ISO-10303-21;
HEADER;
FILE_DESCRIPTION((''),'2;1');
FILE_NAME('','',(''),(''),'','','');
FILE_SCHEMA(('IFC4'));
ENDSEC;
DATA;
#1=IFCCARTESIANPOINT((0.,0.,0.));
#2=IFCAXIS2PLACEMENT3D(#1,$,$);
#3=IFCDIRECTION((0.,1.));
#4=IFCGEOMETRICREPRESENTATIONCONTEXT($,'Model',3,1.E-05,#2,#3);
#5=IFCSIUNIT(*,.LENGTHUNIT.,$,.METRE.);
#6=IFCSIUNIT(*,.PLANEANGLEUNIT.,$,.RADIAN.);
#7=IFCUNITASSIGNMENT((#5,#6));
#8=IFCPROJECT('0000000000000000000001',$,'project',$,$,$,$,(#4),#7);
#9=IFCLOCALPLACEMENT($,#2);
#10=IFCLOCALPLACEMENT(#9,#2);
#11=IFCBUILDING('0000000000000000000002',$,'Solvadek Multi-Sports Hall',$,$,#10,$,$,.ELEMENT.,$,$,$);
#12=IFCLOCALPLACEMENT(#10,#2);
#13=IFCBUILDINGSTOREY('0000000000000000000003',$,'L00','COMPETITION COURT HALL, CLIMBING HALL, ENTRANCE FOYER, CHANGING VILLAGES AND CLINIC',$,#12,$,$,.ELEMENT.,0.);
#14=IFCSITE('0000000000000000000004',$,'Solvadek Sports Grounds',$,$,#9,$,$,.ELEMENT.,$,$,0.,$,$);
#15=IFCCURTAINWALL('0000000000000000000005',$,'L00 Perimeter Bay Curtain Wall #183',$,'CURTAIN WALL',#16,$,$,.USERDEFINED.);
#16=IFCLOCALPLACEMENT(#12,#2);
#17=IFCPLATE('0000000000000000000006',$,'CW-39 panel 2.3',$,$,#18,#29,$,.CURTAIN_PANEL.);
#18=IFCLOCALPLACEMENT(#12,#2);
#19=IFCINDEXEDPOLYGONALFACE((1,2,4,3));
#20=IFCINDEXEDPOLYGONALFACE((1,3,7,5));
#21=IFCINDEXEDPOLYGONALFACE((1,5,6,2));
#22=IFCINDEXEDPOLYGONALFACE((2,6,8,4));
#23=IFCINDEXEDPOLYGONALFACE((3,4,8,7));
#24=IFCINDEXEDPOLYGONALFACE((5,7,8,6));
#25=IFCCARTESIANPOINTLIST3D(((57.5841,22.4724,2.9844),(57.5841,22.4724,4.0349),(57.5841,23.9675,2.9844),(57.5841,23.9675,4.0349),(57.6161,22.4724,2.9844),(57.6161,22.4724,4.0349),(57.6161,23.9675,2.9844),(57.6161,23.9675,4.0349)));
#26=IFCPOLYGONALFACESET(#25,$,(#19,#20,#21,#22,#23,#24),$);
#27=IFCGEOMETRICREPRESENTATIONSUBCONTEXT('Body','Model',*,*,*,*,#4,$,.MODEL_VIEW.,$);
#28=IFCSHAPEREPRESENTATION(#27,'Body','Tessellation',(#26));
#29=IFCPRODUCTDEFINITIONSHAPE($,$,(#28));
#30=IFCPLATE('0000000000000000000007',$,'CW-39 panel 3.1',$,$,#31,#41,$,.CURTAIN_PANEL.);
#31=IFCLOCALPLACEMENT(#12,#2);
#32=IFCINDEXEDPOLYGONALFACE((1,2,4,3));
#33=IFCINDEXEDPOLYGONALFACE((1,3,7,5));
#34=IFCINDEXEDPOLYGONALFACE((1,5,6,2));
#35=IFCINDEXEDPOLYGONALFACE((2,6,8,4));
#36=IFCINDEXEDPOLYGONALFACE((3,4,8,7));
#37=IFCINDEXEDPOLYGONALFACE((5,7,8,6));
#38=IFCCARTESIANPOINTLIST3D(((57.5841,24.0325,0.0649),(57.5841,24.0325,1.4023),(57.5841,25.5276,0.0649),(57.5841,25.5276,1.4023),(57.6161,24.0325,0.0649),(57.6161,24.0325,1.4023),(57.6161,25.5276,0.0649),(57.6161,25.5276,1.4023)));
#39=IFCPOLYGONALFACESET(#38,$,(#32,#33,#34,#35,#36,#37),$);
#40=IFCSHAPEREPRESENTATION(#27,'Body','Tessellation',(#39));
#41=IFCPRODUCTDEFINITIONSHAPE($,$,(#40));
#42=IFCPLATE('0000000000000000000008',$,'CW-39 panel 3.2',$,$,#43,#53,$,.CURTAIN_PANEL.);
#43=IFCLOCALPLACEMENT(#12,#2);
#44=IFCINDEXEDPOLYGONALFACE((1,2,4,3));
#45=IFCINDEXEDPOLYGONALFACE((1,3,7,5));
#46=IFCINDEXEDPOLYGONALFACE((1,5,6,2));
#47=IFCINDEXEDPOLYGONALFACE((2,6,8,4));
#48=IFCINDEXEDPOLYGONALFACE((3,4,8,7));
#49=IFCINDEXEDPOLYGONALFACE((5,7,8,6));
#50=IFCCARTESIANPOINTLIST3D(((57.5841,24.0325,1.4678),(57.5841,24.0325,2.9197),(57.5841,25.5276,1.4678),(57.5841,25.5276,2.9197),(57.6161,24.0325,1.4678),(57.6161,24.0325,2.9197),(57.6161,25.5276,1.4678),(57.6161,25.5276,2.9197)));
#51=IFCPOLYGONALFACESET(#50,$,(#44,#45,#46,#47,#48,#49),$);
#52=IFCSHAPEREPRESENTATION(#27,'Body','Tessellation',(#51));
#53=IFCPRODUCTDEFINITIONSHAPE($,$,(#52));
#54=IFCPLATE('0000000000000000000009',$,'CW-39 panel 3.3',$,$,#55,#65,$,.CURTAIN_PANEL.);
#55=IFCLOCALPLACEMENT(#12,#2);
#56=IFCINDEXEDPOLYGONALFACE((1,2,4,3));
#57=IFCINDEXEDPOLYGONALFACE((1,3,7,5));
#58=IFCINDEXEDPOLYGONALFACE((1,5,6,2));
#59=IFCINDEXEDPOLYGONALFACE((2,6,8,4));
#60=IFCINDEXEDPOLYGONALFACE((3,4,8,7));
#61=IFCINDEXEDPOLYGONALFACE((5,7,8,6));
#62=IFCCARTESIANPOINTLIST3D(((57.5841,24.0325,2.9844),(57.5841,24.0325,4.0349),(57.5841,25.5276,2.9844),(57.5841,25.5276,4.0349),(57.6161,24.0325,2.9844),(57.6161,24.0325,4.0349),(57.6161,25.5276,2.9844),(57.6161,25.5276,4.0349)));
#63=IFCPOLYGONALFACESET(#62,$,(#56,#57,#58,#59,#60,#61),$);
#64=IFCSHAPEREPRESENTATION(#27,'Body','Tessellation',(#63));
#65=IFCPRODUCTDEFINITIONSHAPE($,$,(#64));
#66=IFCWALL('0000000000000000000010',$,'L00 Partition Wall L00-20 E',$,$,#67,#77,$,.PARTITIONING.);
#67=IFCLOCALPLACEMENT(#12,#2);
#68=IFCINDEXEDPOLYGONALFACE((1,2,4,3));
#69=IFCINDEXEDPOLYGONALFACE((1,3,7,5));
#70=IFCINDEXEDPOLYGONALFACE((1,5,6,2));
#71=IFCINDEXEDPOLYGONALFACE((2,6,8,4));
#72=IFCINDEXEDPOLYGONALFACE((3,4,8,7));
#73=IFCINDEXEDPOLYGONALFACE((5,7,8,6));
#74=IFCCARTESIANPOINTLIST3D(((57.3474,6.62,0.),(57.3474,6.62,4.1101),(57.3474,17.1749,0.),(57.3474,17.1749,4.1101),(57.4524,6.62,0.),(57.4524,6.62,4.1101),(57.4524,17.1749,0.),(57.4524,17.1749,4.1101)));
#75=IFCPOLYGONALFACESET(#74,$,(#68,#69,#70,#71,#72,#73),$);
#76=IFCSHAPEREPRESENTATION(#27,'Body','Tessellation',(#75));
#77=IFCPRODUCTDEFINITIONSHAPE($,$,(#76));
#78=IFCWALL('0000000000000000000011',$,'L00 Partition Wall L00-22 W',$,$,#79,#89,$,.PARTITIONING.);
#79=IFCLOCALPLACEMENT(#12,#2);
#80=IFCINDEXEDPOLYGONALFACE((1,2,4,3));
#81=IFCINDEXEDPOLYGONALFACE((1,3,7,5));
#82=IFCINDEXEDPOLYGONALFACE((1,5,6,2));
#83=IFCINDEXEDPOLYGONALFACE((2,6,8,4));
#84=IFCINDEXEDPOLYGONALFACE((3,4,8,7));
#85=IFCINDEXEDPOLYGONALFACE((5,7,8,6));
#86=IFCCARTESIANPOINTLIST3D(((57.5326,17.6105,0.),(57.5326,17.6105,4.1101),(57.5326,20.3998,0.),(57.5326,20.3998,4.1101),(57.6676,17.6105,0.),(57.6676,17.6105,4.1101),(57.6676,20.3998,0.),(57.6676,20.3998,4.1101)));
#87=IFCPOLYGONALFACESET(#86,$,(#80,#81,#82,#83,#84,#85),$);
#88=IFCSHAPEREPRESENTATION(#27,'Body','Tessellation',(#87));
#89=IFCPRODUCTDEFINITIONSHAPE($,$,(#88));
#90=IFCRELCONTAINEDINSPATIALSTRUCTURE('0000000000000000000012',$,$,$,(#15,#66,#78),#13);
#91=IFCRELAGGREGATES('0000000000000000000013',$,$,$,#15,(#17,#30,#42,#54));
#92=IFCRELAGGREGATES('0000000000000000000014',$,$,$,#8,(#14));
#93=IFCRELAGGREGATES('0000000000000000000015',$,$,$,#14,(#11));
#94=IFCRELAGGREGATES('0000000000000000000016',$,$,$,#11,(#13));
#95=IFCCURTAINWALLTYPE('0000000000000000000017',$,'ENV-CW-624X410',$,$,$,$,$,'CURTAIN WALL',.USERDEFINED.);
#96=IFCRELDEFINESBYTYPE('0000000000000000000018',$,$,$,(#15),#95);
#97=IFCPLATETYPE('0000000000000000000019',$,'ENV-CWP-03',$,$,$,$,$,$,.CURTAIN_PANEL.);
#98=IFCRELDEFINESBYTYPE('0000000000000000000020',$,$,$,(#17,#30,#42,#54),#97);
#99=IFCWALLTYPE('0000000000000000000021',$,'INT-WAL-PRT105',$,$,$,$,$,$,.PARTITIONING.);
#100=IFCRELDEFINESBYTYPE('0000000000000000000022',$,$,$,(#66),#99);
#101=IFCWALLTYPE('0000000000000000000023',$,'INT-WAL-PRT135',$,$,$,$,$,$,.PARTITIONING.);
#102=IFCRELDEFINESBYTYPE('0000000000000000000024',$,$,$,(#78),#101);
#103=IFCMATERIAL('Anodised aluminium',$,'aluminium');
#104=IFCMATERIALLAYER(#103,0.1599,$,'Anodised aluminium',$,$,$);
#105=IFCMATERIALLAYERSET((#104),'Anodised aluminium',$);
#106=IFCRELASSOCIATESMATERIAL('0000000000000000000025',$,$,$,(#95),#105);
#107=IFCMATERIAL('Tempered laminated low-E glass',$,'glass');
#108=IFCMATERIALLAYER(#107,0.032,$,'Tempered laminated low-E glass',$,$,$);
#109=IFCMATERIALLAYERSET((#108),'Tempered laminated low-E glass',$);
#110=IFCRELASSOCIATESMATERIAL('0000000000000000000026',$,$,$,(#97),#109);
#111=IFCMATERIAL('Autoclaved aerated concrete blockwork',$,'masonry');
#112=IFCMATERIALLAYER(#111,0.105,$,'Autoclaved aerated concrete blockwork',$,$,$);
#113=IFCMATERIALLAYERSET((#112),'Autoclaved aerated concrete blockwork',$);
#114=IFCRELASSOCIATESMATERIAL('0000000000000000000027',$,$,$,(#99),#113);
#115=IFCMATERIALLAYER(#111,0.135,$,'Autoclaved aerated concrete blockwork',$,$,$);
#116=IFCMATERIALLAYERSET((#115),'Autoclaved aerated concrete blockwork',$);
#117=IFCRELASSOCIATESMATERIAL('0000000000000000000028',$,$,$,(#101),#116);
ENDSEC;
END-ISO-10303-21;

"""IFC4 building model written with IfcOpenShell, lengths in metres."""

from ifc_helpers import new_model, si_unit, direction, frame, frame_2d, origin, origin_2d, place, context, subcontext, project, spatial, rectangle, extrude, material, layer, layer_set, type_object, element, aggregate, save


model = new_model("IFC4")

# Units and contexts
model_context = context("Model", 3, precision=1e-05, world=origin(), true_north=direction((0.0, 1.0)))
body_context = subcontext(model_context, "Body", "Model", "MODEL_VIEW")
ifc_project = project(units=[si_unit("LENGTHUNIT", "METRE"), si_unit("PLANEANGLEUNIT", "RADIAN")], contexts=[model_context])

# Site, building, storey
site_placement = place(None, origin())
site = spatial("IfcSite", under=ifc_project, at=site_placement, Name="Solvadek Sports Grounds", CompositionType="ELEMENT", RefElevation=0.0)
building_placement = place(site_placement, origin())
building = spatial("IfcBuilding", under=site, at=building_placement, Name="Solvadek Multi-Sports Hall", CompositionType="ELEMENT")
storey_placement = place(building_placement, origin())
storey = spatial("IfcBuildingStorey", under=building, at=storey_placement, Name="L00", Description="COMPETITION COURT HALL, CLIMBING HALL, ENTRANCE FOYER, CHANGING VILLAGES AND CLINIC", CompositionType="ELEMENT", Elevation=0.0)

# Shared definitions
ifc_material_1 = material(Name="Anodised aluminium", Category="aluminium")

# Curtain wall
ifc_layer_1 = layer(ifc_material_1, 0.1599, Name="Anodised aluminium")
ifc_layer_set_1 = layer_set([ifc_layer_1], Name="Anodised aluminium")
curtain_wall_type_1 = type_object("IfcCurtainWallType", Name="ENV-CW-624X410", ElementType="CURTAIN WALL", PredefinedType="USERDEFINED", material=ifc_layer_set_1)
curtain_wall_1_placement = place(storey_placement, origin())
curtain_wall_1 = element("IfcCurtainWall", 1, at=curtain_wall_1_placement, inside=storey, type_object=curtain_wall_type_1, Name="L00 Perimeter Bay Curtain Wall #183", ObjectType="CURTAIN WALL", PredefinedType="USERDEFINED")

# Plates
ifc_material_2 = material(Name="Tempered laminated low-E glass", Category="glass")
ifc_layer_2 = layer(ifc_material_2, 0.032, Name="Tempered laminated low-E glass")
ifc_layer_set_2 = layer_set([ifc_layer_2], Name="Tempered laminated low-E glass")
plate_type = type_object("IfcPlateType", Name="ENV-CWP-03", PredefinedType="CURTAIN_PANEL", material=ifc_layer_set_2)
plate_1_placement = place(storey_placement, frame((57.6001, 23.22, 2.9844), z_axis=(0.0, 0.0, 1.0), x_axis=(0.0, 1.0, 0.0)))
plate_1 = element("IfcPlate", 2, at=plate_1_placement, type_object=plate_type, Name="CW-39 panel 2.3", PredefinedType="CURTAIN_PANEL", context=body_context, shape_type="SweptSolid", body=[
    extrude(rectangle(XDim=1.4951, YDim=0.032, at=origin_2d()), origin(), (0.0, 0.0, 1.0), 1.0505),
])
plate_2_placement = place(storey_placement, frame((57.6001, 24.78, 0.0649), z_axis=(0.0, 0.0, 1.0), x_axis=(0.0, 1.0, 0.0)))
plate_2 = element("IfcPlate", 3, at=plate_2_placement, type_object=plate_type, Name="CW-39 panel 3.1", PredefinedType="CURTAIN_PANEL", context=body_context, shape_type="SweptSolid", body=[
    extrude(rectangle(XDim=1.4951, YDim=0.032, at=origin_2d()), origin(), (0.0, 0.0, 1.0), 1.3374),
])
plate_3_placement = place(storey_placement, frame((57.6001, 24.78, 1.4678), z_axis=(0.0, 0.0, 1.0), x_axis=(0.0, 1.0, 0.0)))
plate_3 = element("IfcPlate", 4, at=plate_3_placement, type_object=plate_type, Name="CW-39 panel 3.2", PredefinedType="CURTAIN_PANEL", context=body_context, shape_type="SweptSolid", body=[
    extrude(rectangle(XDim=1.4951, YDim=0.032, at=origin_2d()), origin(), (0.0, 0.0, 1.0), 1.4519),
])
plate_4_placement = place(storey_placement, frame((57.6001, 24.78, 2.9844), z_axis=(0.0, 0.0, 1.0), x_axis=(0.0, 1.0, 0.0)))
plate_4 = element("IfcPlate", 5, at=plate_4_placement, type_object=plate_type, Name="CW-39 panel 3.3", PredefinedType="CURTAIN_PANEL", context=body_context, shape_type="SweptSolid", body=[
    extrude(rectangle(XDim=1.4951, YDim=0.032, at=origin_2d()), origin(), (0.0, 0.0, 1.0), 1.0505),
])
aggregate(curtain_wall_1, [plate_1, plate_2, plate_3, plate_4])

# Walls
ifc_material_3 = material(Name="Autoclaved aerated concrete blockwork", Category="masonry")
ifc_layer_3 = layer(ifc_material_3, 0.105, Name="Autoclaved aerated concrete blockwork")
ifc_layer_set_3 = layer_set([ifc_layer_3], Name="Autoclaved aerated concrete blockwork")
wall_type_1 = type_object("IfcWallType", Name="INT-WAL-PRT105", PredefinedType="PARTITIONING", material=ifc_layer_set_3)
wall_1_placement = place(storey_placement, frame((57.3999, 6.6201, 0.0), z_axis=(0.0, 0.0, 1.0), x_axis=(0.0, 1.0, 0.0)))
element("IfcWall", 6, at=wall_1_placement, inside=storey, type_object=wall_type_1, Name="L00 Partition Wall L00-20 E", PredefinedType="PARTITIONING", context=body_context, shape_type="SweptSolid", body=[
    extrude(rectangle(XDim=10.5549, YDim=0.105, at=frame_2d((5.2773, 0.0))), origin(), (0.0, 0.0, 1.0), 4.1101),
])
ifc_layer_4 = layer(ifc_material_3, 0.135, Name="Autoclaved aerated concrete blockwork")
ifc_layer_set_4 = layer_set([ifc_layer_4], Name="Autoclaved aerated concrete blockwork")
wall_type_2 = type_object("IfcWallType", Name="INT-WAL-PRT135", PredefinedType="PARTITIONING", material=ifc_layer_set_4)
wall_2_placement = place(storey_placement, frame((57.6001, 17.6106, 0.0), z_axis=(0.0, 0.0, 1.0), x_axis=(0.0, 1.0, 0.0)))
element("IfcWall", 7, at=wall_2_placement, inside=storey, type_object=wall_type_2, Name="L00 Partition Wall L00-22 W", PredefinedType="PARTITIONING", context=body_context, shape_type="SweptSolid", body=[
    extrude(rectangle(XDim=2.7893, YDim=0.135, at=frame_2d((1.3945, 0.0))), origin(), (0.0, 0.0, 1.0), 4.1101),
])

save(model, "model.ifc")
